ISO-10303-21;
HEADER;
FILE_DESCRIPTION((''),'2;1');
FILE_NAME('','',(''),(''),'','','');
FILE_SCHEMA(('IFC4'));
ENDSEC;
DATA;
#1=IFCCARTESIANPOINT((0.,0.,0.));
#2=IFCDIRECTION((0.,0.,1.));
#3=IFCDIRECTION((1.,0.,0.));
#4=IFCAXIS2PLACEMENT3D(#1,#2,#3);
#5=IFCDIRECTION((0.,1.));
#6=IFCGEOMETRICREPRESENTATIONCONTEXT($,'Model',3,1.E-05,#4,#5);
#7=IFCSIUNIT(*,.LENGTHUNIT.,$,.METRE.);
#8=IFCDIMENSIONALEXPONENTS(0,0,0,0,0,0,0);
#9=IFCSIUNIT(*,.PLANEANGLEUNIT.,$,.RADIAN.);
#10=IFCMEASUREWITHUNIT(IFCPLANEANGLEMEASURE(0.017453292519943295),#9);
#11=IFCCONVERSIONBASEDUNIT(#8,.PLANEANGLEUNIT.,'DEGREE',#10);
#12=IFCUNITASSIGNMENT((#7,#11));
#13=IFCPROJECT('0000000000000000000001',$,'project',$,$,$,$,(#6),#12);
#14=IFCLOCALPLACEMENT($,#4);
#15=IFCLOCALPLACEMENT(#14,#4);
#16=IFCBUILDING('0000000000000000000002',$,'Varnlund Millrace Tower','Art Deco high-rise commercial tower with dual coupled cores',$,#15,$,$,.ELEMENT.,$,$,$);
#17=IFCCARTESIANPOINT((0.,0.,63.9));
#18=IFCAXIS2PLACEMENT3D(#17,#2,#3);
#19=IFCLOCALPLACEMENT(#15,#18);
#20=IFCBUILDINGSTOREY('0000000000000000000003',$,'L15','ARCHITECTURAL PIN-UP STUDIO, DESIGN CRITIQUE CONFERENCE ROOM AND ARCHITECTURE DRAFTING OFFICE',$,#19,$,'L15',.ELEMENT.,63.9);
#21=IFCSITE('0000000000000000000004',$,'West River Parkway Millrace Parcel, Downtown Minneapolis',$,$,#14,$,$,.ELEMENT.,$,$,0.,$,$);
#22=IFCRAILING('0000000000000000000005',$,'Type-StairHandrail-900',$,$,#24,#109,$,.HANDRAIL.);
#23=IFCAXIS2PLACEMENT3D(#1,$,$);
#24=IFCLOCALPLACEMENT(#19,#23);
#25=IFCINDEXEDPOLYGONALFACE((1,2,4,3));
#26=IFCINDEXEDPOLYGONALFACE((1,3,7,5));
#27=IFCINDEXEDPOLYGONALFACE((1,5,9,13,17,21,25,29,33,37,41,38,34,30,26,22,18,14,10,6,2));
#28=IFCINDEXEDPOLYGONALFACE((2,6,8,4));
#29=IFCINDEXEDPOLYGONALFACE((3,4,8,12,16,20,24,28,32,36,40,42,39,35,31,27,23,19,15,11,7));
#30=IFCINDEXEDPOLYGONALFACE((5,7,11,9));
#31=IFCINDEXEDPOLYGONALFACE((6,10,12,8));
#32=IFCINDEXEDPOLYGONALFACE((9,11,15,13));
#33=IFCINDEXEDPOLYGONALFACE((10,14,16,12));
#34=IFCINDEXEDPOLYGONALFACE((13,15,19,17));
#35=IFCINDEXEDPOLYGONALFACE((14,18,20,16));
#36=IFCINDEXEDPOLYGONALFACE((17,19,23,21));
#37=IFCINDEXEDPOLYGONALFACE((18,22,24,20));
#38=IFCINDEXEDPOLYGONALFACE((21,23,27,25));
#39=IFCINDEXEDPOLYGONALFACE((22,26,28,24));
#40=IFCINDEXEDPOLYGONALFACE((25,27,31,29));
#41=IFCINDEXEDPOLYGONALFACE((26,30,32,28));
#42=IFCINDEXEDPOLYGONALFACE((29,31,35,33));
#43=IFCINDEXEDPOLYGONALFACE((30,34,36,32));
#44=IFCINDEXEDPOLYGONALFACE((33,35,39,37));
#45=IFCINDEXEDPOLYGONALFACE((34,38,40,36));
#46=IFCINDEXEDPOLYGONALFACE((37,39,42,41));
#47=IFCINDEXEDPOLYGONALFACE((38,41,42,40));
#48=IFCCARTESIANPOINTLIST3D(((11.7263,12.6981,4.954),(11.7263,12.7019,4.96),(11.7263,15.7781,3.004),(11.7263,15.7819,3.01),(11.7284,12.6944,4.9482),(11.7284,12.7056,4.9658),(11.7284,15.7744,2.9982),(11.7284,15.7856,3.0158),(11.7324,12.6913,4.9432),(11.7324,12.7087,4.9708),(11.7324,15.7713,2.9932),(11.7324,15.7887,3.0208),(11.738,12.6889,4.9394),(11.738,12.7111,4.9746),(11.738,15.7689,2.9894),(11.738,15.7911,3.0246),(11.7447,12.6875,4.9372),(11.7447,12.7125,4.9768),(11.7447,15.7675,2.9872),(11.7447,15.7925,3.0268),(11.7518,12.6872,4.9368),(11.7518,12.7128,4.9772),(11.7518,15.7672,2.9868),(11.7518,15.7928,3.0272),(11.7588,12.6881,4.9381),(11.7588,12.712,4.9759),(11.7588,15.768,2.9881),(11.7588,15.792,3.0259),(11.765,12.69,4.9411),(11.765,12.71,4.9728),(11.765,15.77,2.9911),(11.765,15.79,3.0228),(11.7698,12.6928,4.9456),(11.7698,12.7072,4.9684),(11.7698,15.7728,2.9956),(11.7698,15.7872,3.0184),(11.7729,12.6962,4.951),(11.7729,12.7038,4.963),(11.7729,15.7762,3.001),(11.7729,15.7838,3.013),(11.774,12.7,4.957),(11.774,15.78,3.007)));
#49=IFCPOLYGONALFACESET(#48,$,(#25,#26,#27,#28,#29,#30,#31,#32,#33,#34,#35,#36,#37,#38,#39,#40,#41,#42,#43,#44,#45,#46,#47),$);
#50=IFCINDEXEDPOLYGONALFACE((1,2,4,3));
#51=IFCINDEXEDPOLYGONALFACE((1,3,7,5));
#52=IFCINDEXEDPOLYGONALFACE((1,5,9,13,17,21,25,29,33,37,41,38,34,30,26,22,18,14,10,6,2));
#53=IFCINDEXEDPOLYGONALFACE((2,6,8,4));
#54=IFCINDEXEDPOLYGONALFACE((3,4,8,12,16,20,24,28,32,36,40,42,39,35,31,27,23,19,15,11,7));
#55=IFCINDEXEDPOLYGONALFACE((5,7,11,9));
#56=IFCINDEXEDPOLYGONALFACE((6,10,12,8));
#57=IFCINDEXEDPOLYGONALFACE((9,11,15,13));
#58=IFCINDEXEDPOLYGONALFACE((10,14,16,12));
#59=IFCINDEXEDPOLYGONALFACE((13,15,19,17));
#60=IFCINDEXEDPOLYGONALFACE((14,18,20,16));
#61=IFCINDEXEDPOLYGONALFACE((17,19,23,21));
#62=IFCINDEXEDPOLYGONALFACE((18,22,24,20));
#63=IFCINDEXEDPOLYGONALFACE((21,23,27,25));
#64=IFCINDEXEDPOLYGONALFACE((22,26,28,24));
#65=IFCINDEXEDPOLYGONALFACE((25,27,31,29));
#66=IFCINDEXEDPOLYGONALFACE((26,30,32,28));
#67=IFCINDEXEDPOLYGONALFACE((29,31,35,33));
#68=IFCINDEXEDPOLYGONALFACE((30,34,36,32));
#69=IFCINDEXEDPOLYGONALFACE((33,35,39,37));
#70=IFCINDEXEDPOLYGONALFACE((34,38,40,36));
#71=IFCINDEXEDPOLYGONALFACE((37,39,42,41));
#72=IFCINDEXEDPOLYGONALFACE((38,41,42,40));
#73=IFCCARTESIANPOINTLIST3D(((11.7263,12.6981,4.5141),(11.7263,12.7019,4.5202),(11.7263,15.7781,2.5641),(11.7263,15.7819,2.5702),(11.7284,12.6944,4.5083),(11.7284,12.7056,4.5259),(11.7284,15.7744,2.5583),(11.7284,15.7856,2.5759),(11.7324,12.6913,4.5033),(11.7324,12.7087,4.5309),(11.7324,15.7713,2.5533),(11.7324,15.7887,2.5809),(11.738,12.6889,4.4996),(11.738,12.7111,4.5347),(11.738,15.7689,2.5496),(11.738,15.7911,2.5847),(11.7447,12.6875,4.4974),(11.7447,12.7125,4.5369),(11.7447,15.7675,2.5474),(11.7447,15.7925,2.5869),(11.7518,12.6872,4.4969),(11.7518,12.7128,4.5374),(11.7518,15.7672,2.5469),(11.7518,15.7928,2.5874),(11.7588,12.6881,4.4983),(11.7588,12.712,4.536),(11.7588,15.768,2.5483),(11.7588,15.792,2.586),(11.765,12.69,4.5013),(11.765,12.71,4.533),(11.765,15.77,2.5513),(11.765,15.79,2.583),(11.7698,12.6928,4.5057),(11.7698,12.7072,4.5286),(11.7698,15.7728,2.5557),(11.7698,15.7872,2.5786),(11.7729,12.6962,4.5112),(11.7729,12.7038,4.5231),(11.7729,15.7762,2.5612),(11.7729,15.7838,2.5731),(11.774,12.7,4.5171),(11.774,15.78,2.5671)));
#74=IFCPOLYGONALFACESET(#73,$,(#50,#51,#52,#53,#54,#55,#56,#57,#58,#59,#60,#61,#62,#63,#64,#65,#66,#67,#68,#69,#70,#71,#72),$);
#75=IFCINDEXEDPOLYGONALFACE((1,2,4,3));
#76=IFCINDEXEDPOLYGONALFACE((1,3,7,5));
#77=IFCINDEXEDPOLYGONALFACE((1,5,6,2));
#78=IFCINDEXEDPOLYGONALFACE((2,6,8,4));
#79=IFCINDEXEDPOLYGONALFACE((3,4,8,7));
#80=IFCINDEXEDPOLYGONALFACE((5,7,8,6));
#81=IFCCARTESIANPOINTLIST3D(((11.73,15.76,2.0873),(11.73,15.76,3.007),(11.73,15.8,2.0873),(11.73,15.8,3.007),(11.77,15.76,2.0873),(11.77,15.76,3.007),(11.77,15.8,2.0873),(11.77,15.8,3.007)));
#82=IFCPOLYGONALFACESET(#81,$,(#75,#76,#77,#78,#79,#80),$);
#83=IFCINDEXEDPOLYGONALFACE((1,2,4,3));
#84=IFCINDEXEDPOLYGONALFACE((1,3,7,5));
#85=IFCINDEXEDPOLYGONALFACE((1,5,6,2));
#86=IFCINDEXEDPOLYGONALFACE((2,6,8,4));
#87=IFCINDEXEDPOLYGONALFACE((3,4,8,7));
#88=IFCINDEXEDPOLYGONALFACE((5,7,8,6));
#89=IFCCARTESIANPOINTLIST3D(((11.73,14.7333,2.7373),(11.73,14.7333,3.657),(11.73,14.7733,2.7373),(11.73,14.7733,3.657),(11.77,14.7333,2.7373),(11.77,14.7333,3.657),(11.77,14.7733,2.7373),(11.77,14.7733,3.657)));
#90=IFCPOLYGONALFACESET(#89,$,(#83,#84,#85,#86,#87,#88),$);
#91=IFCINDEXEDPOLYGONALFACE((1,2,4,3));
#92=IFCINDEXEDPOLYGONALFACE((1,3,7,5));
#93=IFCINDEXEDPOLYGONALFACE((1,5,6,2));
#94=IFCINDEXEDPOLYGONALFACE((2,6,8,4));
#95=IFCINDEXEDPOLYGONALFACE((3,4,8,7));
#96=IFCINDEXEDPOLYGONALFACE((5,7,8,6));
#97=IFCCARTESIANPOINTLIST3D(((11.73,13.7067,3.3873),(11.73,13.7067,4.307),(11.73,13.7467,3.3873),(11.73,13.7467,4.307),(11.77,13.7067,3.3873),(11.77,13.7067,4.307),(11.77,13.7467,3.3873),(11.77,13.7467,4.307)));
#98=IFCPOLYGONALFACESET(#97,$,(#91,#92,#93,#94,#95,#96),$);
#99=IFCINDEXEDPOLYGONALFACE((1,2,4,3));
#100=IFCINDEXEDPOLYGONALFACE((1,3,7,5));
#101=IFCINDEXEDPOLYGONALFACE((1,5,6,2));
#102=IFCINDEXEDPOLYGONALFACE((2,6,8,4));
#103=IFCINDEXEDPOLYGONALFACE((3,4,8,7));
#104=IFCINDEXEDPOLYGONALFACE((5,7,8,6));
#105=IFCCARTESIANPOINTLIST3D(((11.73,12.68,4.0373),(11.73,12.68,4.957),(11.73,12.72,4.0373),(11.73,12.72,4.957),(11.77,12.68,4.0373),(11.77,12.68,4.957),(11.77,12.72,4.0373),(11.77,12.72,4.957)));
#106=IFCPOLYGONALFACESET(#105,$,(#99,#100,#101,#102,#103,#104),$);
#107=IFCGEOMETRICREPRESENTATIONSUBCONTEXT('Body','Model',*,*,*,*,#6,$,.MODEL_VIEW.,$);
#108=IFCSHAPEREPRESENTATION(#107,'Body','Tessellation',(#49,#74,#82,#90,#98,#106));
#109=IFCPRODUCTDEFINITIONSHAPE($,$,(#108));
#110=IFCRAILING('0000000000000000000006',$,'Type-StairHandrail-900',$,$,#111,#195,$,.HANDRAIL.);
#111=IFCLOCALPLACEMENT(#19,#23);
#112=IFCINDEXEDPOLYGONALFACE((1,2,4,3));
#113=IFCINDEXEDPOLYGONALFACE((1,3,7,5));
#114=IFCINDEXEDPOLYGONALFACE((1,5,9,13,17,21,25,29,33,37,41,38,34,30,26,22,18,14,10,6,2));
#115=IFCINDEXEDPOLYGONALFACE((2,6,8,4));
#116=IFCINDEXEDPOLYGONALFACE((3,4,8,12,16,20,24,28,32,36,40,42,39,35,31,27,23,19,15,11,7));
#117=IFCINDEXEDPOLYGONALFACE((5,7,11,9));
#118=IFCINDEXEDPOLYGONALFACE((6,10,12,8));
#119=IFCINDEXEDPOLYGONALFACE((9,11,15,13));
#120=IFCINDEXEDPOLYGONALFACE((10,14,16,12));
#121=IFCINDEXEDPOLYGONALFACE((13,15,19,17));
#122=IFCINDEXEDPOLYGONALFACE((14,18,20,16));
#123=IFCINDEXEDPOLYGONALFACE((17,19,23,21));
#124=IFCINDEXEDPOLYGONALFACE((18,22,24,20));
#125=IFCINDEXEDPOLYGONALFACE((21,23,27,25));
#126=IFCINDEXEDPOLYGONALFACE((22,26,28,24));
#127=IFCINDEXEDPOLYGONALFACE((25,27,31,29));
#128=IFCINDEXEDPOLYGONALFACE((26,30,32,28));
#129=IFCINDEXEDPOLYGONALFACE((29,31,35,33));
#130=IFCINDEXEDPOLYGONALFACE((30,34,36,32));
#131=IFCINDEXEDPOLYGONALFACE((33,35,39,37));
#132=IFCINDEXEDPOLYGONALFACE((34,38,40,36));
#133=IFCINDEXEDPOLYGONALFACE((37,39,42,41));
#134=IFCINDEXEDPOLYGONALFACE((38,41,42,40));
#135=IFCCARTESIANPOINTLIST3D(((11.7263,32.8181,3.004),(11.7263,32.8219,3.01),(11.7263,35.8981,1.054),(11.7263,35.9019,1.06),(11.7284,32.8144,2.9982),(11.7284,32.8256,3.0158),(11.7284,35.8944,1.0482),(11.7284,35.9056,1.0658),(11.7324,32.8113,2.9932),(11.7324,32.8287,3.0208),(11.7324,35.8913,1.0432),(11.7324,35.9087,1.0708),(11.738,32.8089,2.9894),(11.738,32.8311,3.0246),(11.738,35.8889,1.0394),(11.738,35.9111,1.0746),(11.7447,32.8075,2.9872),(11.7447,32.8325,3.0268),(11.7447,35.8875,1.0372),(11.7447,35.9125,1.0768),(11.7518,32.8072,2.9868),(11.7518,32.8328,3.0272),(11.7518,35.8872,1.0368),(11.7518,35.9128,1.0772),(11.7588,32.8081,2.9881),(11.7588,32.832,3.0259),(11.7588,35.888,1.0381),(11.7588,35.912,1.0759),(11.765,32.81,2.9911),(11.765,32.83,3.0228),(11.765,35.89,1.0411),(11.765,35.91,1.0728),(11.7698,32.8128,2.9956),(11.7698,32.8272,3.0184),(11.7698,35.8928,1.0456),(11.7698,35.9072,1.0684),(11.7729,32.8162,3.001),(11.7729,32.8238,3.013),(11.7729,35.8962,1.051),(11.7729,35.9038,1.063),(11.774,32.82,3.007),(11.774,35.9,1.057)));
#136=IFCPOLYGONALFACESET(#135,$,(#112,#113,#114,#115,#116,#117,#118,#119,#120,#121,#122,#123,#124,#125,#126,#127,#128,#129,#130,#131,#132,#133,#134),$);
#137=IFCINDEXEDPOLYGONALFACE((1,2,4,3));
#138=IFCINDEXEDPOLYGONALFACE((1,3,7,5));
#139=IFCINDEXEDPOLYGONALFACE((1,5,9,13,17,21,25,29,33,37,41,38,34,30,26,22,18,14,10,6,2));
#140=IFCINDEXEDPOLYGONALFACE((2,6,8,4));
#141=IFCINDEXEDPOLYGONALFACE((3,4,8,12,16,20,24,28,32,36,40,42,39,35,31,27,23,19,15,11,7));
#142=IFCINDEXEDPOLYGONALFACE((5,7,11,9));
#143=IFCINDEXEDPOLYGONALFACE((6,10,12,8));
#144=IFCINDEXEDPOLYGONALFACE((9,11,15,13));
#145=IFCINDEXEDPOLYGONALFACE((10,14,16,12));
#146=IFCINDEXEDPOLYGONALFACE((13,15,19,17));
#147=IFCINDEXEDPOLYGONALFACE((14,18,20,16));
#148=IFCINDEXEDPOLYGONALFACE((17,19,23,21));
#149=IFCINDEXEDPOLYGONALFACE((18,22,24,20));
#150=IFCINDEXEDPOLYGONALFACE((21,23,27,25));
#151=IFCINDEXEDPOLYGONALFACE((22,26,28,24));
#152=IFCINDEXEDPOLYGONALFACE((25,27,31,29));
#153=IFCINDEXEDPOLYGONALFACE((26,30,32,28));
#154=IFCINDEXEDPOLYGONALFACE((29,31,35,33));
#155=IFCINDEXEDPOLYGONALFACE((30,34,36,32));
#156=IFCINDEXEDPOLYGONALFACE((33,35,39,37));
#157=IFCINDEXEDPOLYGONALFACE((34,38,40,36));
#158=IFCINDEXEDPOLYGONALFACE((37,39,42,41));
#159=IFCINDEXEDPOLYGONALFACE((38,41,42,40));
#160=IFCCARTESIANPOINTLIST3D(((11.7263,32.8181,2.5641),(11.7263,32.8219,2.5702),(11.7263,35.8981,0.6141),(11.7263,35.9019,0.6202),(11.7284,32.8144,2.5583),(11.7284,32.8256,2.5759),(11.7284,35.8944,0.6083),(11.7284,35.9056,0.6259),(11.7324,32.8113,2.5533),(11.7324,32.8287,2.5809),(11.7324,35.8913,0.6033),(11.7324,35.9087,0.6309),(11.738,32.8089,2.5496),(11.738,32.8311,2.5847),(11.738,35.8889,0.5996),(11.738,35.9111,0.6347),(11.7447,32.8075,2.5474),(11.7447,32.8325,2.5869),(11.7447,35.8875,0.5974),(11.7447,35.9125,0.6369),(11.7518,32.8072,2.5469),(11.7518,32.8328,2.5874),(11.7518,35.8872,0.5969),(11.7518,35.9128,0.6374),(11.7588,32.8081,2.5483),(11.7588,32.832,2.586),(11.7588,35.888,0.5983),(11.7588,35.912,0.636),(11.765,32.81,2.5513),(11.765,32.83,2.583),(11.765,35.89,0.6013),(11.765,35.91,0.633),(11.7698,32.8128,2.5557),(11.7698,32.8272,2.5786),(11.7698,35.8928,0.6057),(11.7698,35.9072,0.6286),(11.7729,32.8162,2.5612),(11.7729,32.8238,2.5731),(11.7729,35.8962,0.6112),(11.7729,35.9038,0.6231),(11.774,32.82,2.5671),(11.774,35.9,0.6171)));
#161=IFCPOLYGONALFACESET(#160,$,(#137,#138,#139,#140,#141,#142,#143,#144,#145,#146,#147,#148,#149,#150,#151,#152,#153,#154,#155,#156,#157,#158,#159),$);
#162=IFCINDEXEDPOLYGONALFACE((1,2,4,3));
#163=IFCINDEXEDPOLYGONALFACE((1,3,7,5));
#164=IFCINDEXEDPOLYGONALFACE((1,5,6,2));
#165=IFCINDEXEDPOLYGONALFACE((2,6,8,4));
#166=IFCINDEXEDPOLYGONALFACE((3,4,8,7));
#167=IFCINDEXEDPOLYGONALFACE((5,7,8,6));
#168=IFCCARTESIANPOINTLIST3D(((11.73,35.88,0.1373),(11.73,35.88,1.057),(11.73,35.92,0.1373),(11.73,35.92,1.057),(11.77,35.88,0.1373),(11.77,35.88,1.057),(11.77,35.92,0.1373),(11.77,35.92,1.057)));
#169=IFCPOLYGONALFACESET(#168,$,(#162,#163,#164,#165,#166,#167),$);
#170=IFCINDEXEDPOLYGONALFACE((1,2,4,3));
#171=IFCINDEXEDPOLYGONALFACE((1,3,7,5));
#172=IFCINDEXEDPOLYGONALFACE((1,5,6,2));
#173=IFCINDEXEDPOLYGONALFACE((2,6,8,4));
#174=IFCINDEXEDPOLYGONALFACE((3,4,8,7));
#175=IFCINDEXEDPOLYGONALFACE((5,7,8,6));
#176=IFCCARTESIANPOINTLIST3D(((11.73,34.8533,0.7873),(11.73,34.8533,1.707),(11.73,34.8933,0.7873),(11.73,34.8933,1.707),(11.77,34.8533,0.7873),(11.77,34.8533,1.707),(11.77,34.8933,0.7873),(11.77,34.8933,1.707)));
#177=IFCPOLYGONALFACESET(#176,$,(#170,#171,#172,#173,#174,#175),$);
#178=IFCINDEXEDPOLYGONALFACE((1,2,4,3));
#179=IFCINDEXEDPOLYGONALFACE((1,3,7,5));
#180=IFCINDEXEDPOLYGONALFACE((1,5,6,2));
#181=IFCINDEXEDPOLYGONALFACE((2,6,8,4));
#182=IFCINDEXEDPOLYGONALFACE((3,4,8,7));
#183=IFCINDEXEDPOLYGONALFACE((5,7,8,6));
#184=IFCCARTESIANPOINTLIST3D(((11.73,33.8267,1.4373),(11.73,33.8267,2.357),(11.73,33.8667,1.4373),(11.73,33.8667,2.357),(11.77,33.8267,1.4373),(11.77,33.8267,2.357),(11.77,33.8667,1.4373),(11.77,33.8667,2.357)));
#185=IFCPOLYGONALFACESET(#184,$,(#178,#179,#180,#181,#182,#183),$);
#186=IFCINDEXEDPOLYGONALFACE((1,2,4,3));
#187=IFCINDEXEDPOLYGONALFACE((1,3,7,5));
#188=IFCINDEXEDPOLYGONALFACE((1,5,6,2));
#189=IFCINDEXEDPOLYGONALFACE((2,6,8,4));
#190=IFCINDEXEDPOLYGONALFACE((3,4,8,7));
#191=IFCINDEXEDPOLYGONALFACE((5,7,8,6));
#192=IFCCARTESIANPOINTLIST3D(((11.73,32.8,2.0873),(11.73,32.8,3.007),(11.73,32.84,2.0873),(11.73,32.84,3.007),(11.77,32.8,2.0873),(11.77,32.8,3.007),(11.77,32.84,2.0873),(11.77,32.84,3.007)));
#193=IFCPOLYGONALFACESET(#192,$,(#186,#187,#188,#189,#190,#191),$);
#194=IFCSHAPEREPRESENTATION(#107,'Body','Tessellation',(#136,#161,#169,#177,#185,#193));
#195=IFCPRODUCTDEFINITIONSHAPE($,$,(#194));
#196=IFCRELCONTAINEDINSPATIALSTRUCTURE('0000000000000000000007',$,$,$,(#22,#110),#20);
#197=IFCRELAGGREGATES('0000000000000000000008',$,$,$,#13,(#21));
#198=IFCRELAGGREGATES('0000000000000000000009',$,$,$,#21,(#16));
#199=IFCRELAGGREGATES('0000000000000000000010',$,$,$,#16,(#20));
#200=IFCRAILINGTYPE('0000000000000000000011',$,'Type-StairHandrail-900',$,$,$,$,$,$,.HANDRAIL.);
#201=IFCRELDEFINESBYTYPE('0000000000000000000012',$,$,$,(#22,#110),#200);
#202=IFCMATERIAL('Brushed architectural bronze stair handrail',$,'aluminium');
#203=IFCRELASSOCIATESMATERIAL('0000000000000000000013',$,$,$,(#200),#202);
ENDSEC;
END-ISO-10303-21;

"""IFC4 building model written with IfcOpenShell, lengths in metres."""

from ifc_helpers import new_model, entity, si_unit, converted_unit, direction, frame, origin_with_axes, origin_2d_with_axis, place, context, subcontext, project, spatial, rectangle, circle, extrude, material, type_object, element, save


model = new_model("IFC4")

# Units and contexts
model_context = context("Model", 3, precision=1e-05, world=origin_with_axes(), true_north=direction((0.0, 1.0)))
body_context = subcontext(model_context, "Body", "Model", "MODEL_VIEW")
ifc_project = project(units=[si_unit("LENGTHUNIT", "METRE"), converted_unit("PLANEANGLEUNIT", "DEGREE", entity("IfcPlaneAngleMeasure", 0.017453292519943295), si_unit("PLANEANGLEUNIT", "RADIAN"), dimensions=[0, 0, 0, 0, 0, 0, 0])], contexts=[model_context])

# Site, building, storey
site_placement = place(None, origin_with_axes())
site = spatial("IfcSite", under=ifc_project, at=site_placement, Name="West River Parkway Millrace Parcel, Downtown Minneapolis", CompositionType="ELEMENT", RefElevation=0.0)
building_placement = place(site_placement, origin_with_axes())
building = spatial("IfcBuilding", under=site, at=building_placement, Name="Varnlund Millrace Tower", Description="Art Deco high-rise commercial tower with dual coupled cores", CompositionType="ELEMENT")
storey_placement = place(building_placement, frame((0.0, 0.0, 63.9), z_axis=(0.0, 0.0, 1.0), x_axis=(1.0, 0.0, 0.0)))
storey = spatial("IfcBuildingStorey", under=building, at=storey_placement, Name="L15", Description="ARCHITECTURAL PIN-UP STUDIO, DESIGN CRITIQUE CONFERENCE ROOM AND ARCHITECTURE DRAFTING OFFICE", LongName="L15", CompositionType="ELEMENT", Elevation=63.9)

# Railings
ifc_material_1 = material(Name="Brushed architectural bronze stair handrail", Category="aluminium")
railing_type_1 = type_object("IfcRailingType", Name="Type-StairHandrail-900", PredefinedType="HANDRAIL", material=ifc_material_1)
railing_1_placement = place(storey_placement, frame((0.0, 0.0, -63.9), z_axis=(0.0, 0.0, 1.0), x_axis=(1.0, 0.0, 0.0)))
element("IfcRailing", 1, at=railing_1_placement, inside=storey, type_object=railing_type_1, Name="Type-StairHandrail-900", PredefinedType="HANDRAIL", context=body_context, shape_type="SweptSolid", body=[
    extrude(circle(Radius=0.024, at=origin_2d_with_axis()), frame((11.75, 15.78, 66.907), z_axis=(0.0, -0.844902, 0.534922), x_axis=(1.0, 0.0, 0.0)), (0.0, 0.0, 1.0), 3.6454),
    extrude(circle(Radius=0.024, at=origin_2d_with_axis()), frame((11.75, 15.78, 66.4671), z_axis=(0.0, -0.844902, 0.534922), x_axis=(1.0, 0.0, 0.0)), (0.0, 0.0, 1.0), 3.6454),
    extrude(rectangle(XDim=0.04, YDim=0.04, at=origin_2d_with_axis()), frame((11.75, 15.78, 65.9873), z_axis=(0.0, 0.0, 1.0), x_axis=(1.0, 0.0, 0.0)), (0.0, 0.0, 1.0), 0.9197),
    extrude(rectangle(XDim=0.04, YDim=0.04, at=origin_2d_with_axis()), frame((11.75, 14.7533, 66.6373), z_axis=(0.0, 0.0, 1.0), x_axis=(1.0, 0.0, 0.0)), (0.0, 0.0, 1.0), 0.9197),
    extrude(rectangle(XDim=0.04, YDim=0.04, at=origin_2d_with_axis()), frame((11.75, 13.7267, 67.2873), z_axis=(0.0, 0.0, 1.0), x_axis=(1.0, 0.0, 0.0)), (0.0, 0.0, 1.0), 0.9197),
    extrude(rectangle(XDim=0.04, YDim=0.04, at=origin_2d_with_axis()), frame((11.75, 12.7, 67.9373), z_axis=(0.0, 0.0, 1.0), x_axis=(1.0, 0.0, 0.0)), (0.0, 0.0, 1.0), 0.9197),
])
railing_2_placement = place(storey_placement, frame((0.0, 0.0, -63.9), z_axis=(0.0, 0.0, 1.0), x_axis=(1.0, 0.0, 0.0)))
element("IfcRailing", 2, at=railing_2_placement, inside=storey, type_object=railing_type_1, Name="Type-StairHandrail-900", PredefinedType="HANDRAIL", context=body_context, shape_type="SweptSolid", body=[
    extrude(circle(Radius=0.024, at=origin_2d_with_axis()), frame((11.75, 35.9, 64.957), z_axis=(0.0, -0.844902, 0.534922), x_axis=(1.0, 0.0, 0.0)), (0.0, 0.0, 1.0), 3.6454),
    extrude(circle(Radius=0.024, at=origin_2d_with_axis()), frame((11.75, 35.9, 64.5171), z_axis=(0.0, -0.844902, 0.534922), x_axis=(1.0, 0.0, 0.0)), (0.0, 0.0, 1.0), 3.6454),
    extrude(rectangle(XDim=0.04, YDim=0.04, at=origin_2d_with_axis()), frame((11.75, 35.9, 64.0373), z_axis=(0.0, 0.0, 1.0), x_axis=(1.0, 0.0, 0.0)), (0.0, 0.0, 1.0), 0.9197),
    extrude(rectangle(XDim=0.04, YDim=0.04, at=origin_2d_with_axis()), frame((11.75, 34.8733, 64.6873), z_axis=(0.0, 0.0, 1.0), x_axis=(1.0, 0.0, 0.0)), (0.0, 0.0, 1.0), 0.9197),
    extrude(rectangle(XDim=0.04, YDim=0.04, at=origin_2d_with_axis()), frame((11.75, 33.8467, 65.3373), z_axis=(0.0, 0.0, 1.0), x_axis=(1.0, 0.0, 0.0)), (0.0, 0.0, 1.0), 0.9197),
    extrude(rectangle(XDim=0.04, YDim=0.04, at=origin_2d_with_axis()), frame((11.75, 32.82, 65.9873), z_axis=(0.0, 0.0, 1.0), x_axis=(1.0, 0.0, 0.0)), (0.0, 0.0, 1.0), 0.9197),
])

save(model, "model.ifc")
